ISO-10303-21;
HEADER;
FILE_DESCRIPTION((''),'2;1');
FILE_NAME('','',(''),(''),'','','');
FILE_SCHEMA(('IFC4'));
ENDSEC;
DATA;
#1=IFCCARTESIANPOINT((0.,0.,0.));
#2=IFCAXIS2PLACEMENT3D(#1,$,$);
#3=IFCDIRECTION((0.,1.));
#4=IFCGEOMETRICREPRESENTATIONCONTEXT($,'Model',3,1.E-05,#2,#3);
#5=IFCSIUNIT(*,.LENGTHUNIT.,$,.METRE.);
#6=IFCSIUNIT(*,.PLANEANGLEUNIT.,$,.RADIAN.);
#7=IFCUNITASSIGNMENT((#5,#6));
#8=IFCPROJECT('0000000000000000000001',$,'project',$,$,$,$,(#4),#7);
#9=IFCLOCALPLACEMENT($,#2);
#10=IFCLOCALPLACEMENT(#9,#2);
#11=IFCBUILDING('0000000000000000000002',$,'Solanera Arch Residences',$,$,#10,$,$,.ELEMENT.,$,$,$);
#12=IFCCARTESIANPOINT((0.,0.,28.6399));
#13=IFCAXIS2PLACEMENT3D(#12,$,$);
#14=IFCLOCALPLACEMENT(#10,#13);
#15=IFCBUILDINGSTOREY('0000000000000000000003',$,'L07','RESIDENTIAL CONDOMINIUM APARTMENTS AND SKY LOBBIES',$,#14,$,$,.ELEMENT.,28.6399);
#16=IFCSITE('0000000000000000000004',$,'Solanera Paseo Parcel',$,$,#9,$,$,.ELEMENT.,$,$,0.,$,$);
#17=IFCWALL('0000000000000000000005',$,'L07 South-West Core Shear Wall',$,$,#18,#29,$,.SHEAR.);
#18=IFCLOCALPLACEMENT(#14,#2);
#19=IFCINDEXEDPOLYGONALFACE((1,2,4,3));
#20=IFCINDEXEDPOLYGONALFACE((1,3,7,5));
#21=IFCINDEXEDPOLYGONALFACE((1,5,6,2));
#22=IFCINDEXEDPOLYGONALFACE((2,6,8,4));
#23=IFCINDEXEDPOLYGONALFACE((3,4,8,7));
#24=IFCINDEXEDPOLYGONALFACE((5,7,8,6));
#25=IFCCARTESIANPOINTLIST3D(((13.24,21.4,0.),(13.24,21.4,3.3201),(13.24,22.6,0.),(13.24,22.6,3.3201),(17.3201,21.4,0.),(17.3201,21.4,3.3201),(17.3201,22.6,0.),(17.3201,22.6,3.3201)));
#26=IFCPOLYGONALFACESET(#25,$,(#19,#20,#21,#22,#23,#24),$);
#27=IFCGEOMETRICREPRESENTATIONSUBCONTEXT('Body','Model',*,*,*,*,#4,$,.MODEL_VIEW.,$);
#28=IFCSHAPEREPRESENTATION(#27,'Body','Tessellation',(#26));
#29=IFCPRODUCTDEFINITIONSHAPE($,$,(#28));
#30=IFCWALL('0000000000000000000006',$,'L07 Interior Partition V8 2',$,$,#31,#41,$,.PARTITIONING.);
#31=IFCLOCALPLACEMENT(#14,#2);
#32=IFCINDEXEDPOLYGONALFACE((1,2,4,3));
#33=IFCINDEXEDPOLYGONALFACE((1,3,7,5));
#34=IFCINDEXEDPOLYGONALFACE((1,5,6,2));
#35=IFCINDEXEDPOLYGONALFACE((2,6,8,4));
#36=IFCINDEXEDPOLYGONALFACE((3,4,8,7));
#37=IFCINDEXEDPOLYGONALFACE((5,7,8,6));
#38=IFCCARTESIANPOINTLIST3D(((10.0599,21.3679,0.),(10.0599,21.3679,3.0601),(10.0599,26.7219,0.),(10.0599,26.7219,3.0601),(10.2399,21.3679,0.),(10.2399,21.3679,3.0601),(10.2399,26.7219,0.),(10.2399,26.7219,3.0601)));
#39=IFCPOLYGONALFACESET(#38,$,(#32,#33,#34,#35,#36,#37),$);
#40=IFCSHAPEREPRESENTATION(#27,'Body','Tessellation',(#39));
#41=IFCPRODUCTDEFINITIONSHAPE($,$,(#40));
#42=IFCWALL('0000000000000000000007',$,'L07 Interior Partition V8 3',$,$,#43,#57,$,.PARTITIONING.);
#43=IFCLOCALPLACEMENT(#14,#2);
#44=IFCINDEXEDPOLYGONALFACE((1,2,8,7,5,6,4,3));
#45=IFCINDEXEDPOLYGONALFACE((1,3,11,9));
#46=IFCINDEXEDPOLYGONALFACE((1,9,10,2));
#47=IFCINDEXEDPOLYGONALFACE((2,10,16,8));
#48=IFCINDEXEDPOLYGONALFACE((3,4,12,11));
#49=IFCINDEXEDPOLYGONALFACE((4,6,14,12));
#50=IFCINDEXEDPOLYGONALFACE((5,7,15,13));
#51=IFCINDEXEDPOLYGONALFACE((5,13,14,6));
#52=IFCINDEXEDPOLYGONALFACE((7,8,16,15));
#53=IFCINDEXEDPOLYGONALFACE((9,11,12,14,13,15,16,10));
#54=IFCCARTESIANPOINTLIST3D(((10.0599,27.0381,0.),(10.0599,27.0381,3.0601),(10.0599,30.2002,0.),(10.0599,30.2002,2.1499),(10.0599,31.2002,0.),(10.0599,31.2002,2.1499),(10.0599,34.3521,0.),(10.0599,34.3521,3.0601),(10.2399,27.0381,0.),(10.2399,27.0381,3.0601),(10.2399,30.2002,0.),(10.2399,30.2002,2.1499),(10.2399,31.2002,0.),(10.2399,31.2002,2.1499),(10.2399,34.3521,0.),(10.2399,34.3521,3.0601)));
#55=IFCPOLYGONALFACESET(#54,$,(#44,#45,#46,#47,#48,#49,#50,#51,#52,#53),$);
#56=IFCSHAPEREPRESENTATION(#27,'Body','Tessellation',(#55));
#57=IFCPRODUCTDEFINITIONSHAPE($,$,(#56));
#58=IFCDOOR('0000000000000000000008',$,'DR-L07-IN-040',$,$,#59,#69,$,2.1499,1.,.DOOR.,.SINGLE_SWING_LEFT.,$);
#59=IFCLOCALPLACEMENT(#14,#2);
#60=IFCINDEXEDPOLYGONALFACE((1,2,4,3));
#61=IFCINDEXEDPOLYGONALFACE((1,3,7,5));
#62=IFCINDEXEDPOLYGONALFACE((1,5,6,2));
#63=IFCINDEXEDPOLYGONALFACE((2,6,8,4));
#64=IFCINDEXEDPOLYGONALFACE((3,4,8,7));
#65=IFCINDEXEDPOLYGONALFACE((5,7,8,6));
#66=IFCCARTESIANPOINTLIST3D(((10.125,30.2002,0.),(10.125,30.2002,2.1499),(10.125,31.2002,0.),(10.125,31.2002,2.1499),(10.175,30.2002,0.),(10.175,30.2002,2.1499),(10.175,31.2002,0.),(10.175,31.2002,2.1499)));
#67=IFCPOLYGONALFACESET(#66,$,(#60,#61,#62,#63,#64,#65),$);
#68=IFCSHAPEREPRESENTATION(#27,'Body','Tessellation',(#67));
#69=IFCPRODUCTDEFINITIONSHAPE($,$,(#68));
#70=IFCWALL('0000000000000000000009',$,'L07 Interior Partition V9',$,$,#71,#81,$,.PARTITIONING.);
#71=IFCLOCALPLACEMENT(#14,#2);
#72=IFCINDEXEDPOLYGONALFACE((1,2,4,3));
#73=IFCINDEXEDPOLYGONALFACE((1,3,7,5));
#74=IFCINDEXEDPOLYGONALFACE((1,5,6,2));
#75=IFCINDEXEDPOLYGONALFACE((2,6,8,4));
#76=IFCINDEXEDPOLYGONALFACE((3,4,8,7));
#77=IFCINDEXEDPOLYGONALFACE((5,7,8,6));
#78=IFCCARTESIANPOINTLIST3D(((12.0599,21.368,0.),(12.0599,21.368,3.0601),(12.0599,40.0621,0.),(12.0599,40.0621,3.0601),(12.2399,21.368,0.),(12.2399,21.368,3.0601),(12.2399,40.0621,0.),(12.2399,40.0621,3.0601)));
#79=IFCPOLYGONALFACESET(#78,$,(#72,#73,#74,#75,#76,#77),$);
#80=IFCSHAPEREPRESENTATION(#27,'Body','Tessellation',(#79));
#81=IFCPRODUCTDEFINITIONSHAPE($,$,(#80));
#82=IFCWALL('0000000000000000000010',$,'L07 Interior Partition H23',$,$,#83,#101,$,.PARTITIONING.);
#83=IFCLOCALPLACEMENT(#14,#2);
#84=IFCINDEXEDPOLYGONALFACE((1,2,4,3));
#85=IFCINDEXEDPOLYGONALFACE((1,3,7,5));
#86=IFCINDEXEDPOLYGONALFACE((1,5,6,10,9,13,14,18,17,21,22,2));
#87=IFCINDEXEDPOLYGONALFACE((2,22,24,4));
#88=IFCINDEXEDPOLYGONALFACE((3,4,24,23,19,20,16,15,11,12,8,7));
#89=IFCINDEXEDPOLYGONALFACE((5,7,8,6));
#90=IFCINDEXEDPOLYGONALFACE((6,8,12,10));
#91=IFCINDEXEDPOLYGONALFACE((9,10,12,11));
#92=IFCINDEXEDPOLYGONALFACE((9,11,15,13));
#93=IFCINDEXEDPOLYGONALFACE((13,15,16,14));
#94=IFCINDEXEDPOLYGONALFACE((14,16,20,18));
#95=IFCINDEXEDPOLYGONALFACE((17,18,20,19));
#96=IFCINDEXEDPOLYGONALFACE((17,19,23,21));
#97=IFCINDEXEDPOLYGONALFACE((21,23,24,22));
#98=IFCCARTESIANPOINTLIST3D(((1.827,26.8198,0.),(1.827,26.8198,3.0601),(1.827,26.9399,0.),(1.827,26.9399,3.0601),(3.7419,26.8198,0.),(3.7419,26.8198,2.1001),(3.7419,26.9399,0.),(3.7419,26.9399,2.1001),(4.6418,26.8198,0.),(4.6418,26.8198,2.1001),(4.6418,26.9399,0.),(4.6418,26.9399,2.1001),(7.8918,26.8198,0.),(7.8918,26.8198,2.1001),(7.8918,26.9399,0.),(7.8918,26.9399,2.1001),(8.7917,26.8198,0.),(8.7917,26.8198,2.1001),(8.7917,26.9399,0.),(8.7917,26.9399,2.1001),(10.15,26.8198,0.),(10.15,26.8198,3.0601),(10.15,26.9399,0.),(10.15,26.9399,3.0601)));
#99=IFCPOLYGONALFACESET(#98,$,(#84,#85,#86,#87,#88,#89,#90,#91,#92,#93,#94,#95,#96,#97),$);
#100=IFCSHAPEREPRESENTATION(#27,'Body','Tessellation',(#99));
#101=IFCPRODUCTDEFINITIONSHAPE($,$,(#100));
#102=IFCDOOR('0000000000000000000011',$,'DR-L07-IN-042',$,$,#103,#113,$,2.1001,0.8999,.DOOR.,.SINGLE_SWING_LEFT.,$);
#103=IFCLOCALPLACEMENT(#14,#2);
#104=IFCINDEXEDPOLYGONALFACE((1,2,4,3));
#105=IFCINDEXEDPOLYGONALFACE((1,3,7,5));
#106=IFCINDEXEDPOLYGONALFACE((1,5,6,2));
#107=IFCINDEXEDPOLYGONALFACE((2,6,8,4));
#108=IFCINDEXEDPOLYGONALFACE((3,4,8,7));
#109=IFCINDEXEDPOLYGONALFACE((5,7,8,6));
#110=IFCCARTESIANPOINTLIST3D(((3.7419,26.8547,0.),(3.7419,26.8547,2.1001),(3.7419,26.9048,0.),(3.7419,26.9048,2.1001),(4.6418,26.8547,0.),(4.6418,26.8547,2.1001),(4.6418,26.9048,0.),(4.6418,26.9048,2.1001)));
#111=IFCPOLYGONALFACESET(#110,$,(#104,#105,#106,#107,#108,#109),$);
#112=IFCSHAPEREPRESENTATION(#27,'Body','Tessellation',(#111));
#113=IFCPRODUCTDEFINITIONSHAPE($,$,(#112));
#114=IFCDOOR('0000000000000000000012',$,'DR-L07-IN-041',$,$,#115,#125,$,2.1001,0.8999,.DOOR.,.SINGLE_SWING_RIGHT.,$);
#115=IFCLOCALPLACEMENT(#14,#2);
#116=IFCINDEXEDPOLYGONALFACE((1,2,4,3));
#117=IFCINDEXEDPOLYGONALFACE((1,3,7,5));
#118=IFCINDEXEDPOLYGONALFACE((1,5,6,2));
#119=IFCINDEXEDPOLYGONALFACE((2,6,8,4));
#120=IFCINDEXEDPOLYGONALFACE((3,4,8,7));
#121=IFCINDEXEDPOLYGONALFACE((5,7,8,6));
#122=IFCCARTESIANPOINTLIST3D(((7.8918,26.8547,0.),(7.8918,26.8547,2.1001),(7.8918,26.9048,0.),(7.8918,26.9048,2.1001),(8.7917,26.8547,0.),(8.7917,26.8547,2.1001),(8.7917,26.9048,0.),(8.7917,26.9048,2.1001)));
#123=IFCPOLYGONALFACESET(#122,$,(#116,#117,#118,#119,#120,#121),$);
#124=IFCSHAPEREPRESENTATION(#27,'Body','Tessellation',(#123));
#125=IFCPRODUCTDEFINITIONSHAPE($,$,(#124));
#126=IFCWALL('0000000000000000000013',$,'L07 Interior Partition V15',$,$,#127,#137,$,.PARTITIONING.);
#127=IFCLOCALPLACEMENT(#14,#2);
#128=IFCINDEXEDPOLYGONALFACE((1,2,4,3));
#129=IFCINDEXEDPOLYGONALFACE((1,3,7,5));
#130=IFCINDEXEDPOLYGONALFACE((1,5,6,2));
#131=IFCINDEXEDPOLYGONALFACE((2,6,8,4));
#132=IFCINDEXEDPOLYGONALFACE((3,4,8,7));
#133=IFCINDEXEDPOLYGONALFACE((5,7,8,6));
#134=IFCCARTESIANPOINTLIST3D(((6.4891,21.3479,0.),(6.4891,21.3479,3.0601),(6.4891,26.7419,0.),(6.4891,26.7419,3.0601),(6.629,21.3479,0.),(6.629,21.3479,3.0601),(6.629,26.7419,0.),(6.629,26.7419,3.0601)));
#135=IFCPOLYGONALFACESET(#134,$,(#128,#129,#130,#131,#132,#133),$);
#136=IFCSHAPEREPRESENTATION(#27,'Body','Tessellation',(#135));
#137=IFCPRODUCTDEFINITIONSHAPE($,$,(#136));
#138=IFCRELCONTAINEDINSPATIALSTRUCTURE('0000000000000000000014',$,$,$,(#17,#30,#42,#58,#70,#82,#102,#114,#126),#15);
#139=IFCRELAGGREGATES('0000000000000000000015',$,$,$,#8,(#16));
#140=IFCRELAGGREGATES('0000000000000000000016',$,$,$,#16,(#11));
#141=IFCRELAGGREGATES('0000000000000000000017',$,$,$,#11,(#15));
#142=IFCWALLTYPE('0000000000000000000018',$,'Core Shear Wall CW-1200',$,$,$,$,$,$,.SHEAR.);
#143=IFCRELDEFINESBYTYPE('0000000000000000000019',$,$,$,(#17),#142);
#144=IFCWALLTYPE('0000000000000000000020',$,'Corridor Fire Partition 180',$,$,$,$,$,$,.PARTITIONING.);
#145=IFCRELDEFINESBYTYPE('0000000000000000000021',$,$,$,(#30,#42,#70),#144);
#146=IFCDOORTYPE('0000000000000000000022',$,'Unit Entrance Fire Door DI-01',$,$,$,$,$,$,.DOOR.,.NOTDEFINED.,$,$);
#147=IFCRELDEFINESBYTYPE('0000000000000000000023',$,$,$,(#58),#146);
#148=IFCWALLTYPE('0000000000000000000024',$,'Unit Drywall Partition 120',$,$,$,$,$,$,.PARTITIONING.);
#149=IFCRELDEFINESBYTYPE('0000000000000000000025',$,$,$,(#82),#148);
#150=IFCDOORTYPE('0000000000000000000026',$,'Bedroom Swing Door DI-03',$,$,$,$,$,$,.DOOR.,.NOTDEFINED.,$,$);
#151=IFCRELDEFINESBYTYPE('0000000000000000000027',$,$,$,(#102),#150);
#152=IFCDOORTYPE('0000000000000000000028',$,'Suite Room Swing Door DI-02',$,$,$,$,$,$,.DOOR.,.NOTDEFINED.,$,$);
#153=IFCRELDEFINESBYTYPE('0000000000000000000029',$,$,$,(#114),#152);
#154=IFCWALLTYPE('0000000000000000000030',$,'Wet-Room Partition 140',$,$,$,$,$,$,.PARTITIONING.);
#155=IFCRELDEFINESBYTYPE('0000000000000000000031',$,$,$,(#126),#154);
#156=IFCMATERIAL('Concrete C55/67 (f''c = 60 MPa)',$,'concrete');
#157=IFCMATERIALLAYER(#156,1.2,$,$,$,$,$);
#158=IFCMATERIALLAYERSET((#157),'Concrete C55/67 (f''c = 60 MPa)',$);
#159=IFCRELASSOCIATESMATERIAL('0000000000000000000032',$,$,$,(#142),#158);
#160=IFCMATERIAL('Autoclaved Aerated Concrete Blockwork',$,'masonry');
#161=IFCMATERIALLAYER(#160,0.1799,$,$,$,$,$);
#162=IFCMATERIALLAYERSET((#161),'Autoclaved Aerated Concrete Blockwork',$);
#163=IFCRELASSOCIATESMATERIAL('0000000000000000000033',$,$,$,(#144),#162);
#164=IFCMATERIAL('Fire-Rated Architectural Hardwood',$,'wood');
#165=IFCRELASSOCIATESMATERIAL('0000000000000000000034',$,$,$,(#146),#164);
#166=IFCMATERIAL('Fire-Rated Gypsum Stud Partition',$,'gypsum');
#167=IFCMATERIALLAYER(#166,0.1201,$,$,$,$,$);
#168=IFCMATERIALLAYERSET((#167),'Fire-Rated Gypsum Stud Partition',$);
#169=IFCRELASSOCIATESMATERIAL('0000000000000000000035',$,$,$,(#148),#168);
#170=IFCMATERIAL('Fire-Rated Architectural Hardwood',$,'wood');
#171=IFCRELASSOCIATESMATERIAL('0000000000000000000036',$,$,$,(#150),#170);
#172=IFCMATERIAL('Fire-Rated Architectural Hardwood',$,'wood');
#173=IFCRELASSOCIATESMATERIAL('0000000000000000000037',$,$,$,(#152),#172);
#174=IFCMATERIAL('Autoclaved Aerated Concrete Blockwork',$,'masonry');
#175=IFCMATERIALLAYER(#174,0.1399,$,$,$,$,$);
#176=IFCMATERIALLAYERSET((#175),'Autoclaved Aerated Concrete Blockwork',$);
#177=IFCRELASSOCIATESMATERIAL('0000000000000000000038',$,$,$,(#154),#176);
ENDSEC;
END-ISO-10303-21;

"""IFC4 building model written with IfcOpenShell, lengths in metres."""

from ifc_helpers import new_model, si_unit, direction, frame, frame_2d, origin, place, context, subcontext, project, spatial, rectangle, extrude, material, layer, layer_set, type_object, element, fill, save


model = new_model("IFC4")

# Units and contexts
model_context = context("Model", 3, precision=1e-05, world=origin(), true_north=direction((0.0, 1.0)))
body_context = subcontext(model_context, "Body", "Model", "MODEL_VIEW")
ifc_project = project(units=[si_unit("LENGTHUNIT", "METRE"), si_unit("PLANEANGLEUNIT", "RADIAN")], contexts=[model_context])

# Site, building, storey
site_placement = place(None, origin())
site = spatial("IfcSite", under=ifc_project, at=site_placement, Name="Solanera Paseo Parcel", CompositionType="ELEMENT", RefElevation=0.0)
building_placement = place(site_placement, origin())
building = spatial("IfcBuilding", under=site, at=building_placement, Name="Solanera Arch Residences", CompositionType="ELEMENT")
storey_placement = place(building_placement, frame((0.0, 0.0, 28.6399)))
storey = spatial("IfcBuildingStorey", under=building, at=storey_placement, Name="L07", Description="RESIDENTIAL CONDOMINIUM APARTMENTS AND SKY LOBBIES", CompositionType="ELEMENT", Elevation=28.6399)

# Walls
ifc_material_1 = material(Name="Concrete C55/67 (f'c = 60 MPa)", Category="concrete")
ifc_layer_1 = layer(ifc_material_1, 1.2)
ifc_layer_set_1 = layer_set([ifc_layer_1], Name="Concrete C55/67 (f'c = 60 MPa)")
wall_type_1 = type_object("IfcWallType", Name="Core Shear Wall CW-1200", PredefinedType="SHEAR", material=ifc_layer_set_1)
wall_1_placement = place(storey_placement, frame((13.24, 22.0, 0.0), z_axis=(0.0, 0.0, 1.0), x_axis=(1.0, 0.0, 0.0)))
element("IfcWall", 1, at=wall_1_placement, inside=storey, type_object=wall_type_1, Name="L07 South-West Core Shear Wall", PredefinedType="SHEAR", context=body_context, shape_type="SweptSolid", body=[
    extrude(rectangle(XDim=4.0801, YDim=1.2, at=frame_2d((2.04, 0.0))), origin(), (0.0, 0.0, 1.0), 3.3201),
])
ifc_material_2 = material(Name="Autoclaved Aerated Concrete Blockwork", Category="masonry")
ifc_layer_2 = layer(ifc_material_2, 0.1799)
ifc_layer_set_2 = layer_set([ifc_layer_2], Name="Autoclaved Aerated Concrete Blockwork")
wall_type_2 = type_object("IfcWallType", Name="Corridor Fire Partition 180", PredefinedType="PARTITIONING", material=ifc_layer_set_2)
wall_2_placement = place(storey_placement, frame((10.1499, 21.3679, 0.0), z_axis=(0.0, 0.0, 1.0), x_axis=(0.0, 1.0, 0.0)))
element("IfcWall", 2, at=wall_2_placement, inside=storey, type_object=wall_type_2, Name="L07 Interior Partition V8 2", PredefinedType="PARTITIONING", context=body_context, shape_type="SweptSolid", body=[
    extrude(rectangle(XDim=5.354, YDim=0.1799, at=frame_2d((2.677, 0.0))), origin(), (0.0, 0.0, 1.0), 3.0601),
])

# Wall, opening, door
wall_3_placement = place(storey_placement, frame((10.1499, 27.0381, 0.0), z_axis=(0.0, 0.0, 1.0), x_axis=(0.0, 1.0, 0.0)))
wall_3 = element("IfcWall", 3, at=wall_3_placement, inside=storey, type_object=wall_type_2, Name="L07 Interior Partition V8 3", PredefinedType="PARTITIONING", context=body_context, shape_type="SweptSolid", body=[
    extrude(rectangle(XDim=7.314, YDim=0.1799, at=frame_2d((3.657, 0.0))), origin(), (0.0, 0.0, 1.0), 3.0601),
])
opening_1_placement = place(wall_3_placement, frame((3.1621, 0.0, 0.0)))
opening_1 = element("IfcOpeningElement", 4, at=opening_1_placement, cuts=wall_3, PredefinedType="OPENING", context=body_context, shape_type="SweptSolid", body=[
    extrude(rectangle(XDim=1.0, YDim=2.1499, at=frame_2d((0.5, 1.075))), frame((0.0, 0.1001, 0.0), z_axis=(0.0, -1.0, 0.0), x_axis=(1.0, 0.0, 0.0)), (0.0, 0.0, 1.0), 0.1999),
])
ifc_material_3 = material(Name="Fire-Rated Architectural Hardwood", Category="wood")
door_type_1 = type_object("IfcDoorType", Name="Unit Entrance Fire Door DI-01", OperationType="NOTDEFINED", PredefinedType="DOOR", material=ifc_material_3)
door_1_placement = place(opening_1_placement, origin())
door_1 = element("IfcDoor", 5, at=door_1_placement, inside=storey, type_object=door_type_1, Name="DR-L07-IN-040", OperationType="SINGLE_SWING_LEFT", OverallHeight=2.1499, OverallWidth=1.0, PredefinedType="DOOR", context=body_context, shape_type="SweptSolid", body=[
    extrude(rectangle(XDim=1.0, YDim=2.1499, at=frame_2d((0.5, 1.075))), frame((0.0, 0.0249, 0.0), z_axis=(0.0, -1.0, 0.0), x_axis=(1.0, 0.0, 0.0)), (0.0, 0.0, 1.0), 0.05),
])
fill(opening_1, door_1)

# Wall
wall_4_placement = place(storey_placement, frame((12.1499, 21.3679, 0.0), z_axis=(0.0, 0.0, 1.0), x_axis=(0.0, 1.0, 0.0)))
element("IfcWall", 6, at=wall_4_placement, inside=storey, type_object=wall_type_2, Name="L07 Interior Partition V9", PredefinedType="PARTITIONING", context=body_context, shape_type="SweptSolid", body=[
    extrude(rectangle(XDim=18.6941, YDim=0.1799, at=frame_2d((9.3472, 0.0))), origin(), (0.0, 0.0, 1.0), 3.0601),
])

# Wall, openings, doors
ifc_material_4 = material(Name="Fire-Rated Gypsum Stud Partition", Category="gypsum")
ifc_layer_3 = layer(ifc_material_4, 0.1201)
ifc_layer_set_3 = layer_set([ifc_layer_3], Name="Fire-Rated Gypsum Stud Partition")
wall_type_3 = type_object("IfcWallType", Name="Unit Drywall Partition 120", PredefinedType="PARTITIONING", material=ifc_layer_set_3)
wall_5_placement = place(storey_placement, frame((1.8269, 26.8799, 0.0), z_axis=(0.0, 0.0, 1.0), x_axis=(1.0, 0.0, 0.0)))
wall_5 = element("IfcWall", 7, at=wall_5_placement, inside=storey, type_object=wall_type_3, Name="L07 Interior Partition H23", PredefinedType="PARTITIONING", context=body_context, shape_type="SweptSolid", body=[
    extrude(rectangle(XDim=8.323, YDim=0.1201, at=frame_2d((4.1616, 0.0))), origin(), (0.0, 0.0, 1.0), 3.0601),
])
opening_2_placement = place(wall_5_placement, frame((6.0649, 0.0, 0.0)))
opening_2 = element("IfcOpeningElement", 8, at=opening_2_placement, cuts=wall_5, PredefinedType="OPENING", context=body_context, shape_type="SweptSolid", body=[
    extrude(rectangle(XDim=0.8999, YDim=2.1001, at=frame_2d((0.45, 1.05))), frame((0.0, 0.0701, 0.0), z_axis=(0.0, -1.0, 0.0), x_axis=(1.0, 0.0, 0.0)), (0.0, 0.0, 1.0), 0.1401),
])
opening_3_placement = place(wall_5_placement, frame((1.915, 0.0, 0.0)))
opening_3 = element("IfcOpeningElement", 9, at=opening_3_placement, cuts=wall_5, PredefinedType="OPENING", context=body_context, shape_type="SweptSolid", body=[
    extrude(rectangle(XDim=0.8999, YDim=2.1001, at=frame_2d((0.45, 1.05))), frame((0.0, 0.0701, 0.0), z_axis=(0.0, -1.0, 0.0), x_axis=(1.0, 0.0, 0.0)), (0.0, 0.0, 1.0), 0.1401),
])
ifc_material_5 = material(Name="Fire-Rated Architectural Hardwood", Category="wood")
door_type_2 = type_object("IfcDoorType", Name="Bedroom Swing Door DI-03", OperationType="NOTDEFINED", PredefinedType="DOOR", material=ifc_material_5)
door_2_placement = place(opening_3_placement, origin())
door_2 = element("IfcDoor", 10, at=door_2_placement, inside=storey, type_object=door_type_2, Name="DR-L07-IN-042", OperationType="SINGLE_SWING_LEFT", OverallHeight=2.1001, OverallWidth=0.8999, PredefinedType="DOOR", context=body_context, shape_type="SweptSolid", body=[
    extrude(rectangle(XDim=0.8999, YDim=2.1001, at=frame_2d((0.45, 1.05))), frame((0.0, 0.0249, 0.0), z_axis=(0.0, -1.0, 0.0), x_axis=(1.0, 0.0, 0.0)), (0.0, 0.0, 1.0), 0.05),
])
fill(opening_3, door_2)
ifc_material_6 = material(Name="Fire-Rated Architectural Hardwood", Category="wood")
door_type_3 = type_object("IfcDoorType", Name="Suite Room Swing Door DI-02", OperationType="NOTDEFINED", PredefinedType="DOOR", material=ifc_material_6)
door_3_placement = place(opening_2_placement, origin())
door_3 = element("IfcDoor", 11, at=door_3_placement, inside=storey, type_object=door_type_3, Name="DR-L07-IN-041", OperationType="SINGLE_SWING_RIGHT", OverallHeight=2.1001, OverallWidth=0.8999, PredefinedType="DOOR", context=body_context, shape_type="SweptSolid", body=[
    extrude(rectangle(XDim=0.8999, YDim=2.1001, at=frame_2d((0.45, 1.05))), frame((0.0, 0.0249, 0.0), z_axis=(0.0, -1.0, 0.0), x_axis=(1.0, 0.0, 0.0)), (0.0, 0.0, 1.0), 0.05),
])
fill(opening_2, door_3)

# Wall
ifc_material_7 = material(Name="Autoclaved Aerated Concrete Blockwork", Category="masonry")
ifc_layer_4 = layer(ifc_material_7, 0.1399)
ifc_layer_set_4 = layer_set([ifc_layer_4], Name="Autoclaved Aerated Concrete Blockwork")
wall_type_4 = type_object("IfcWallType", Name="Wet-Room Partition 140", PredefinedType="PARTITIONING", material=ifc_layer_set_4)
wall_6_placement = place(storey_placement, frame((6.5591, 21.3479, 0.0), z_axis=(0.0, 0.0, 1.0), x_axis=(0.0, 1.0, 0.0)))
element("IfcWall", 12, at=wall_6_placement, inside=storey, type_object=wall_type_4, Name="L07 Interior Partition V15", PredefinedType="PARTITIONING", context=body_context, shape_type="SweptSolid", body=[
    extrude(rectangle(XDim=5.394, YDim=0.1399, at=frame_2d((2.697, 0.0))), origin(), (0.0, 0.0, 1.0), 3.0601),
])

save(model, "model.ifc")
